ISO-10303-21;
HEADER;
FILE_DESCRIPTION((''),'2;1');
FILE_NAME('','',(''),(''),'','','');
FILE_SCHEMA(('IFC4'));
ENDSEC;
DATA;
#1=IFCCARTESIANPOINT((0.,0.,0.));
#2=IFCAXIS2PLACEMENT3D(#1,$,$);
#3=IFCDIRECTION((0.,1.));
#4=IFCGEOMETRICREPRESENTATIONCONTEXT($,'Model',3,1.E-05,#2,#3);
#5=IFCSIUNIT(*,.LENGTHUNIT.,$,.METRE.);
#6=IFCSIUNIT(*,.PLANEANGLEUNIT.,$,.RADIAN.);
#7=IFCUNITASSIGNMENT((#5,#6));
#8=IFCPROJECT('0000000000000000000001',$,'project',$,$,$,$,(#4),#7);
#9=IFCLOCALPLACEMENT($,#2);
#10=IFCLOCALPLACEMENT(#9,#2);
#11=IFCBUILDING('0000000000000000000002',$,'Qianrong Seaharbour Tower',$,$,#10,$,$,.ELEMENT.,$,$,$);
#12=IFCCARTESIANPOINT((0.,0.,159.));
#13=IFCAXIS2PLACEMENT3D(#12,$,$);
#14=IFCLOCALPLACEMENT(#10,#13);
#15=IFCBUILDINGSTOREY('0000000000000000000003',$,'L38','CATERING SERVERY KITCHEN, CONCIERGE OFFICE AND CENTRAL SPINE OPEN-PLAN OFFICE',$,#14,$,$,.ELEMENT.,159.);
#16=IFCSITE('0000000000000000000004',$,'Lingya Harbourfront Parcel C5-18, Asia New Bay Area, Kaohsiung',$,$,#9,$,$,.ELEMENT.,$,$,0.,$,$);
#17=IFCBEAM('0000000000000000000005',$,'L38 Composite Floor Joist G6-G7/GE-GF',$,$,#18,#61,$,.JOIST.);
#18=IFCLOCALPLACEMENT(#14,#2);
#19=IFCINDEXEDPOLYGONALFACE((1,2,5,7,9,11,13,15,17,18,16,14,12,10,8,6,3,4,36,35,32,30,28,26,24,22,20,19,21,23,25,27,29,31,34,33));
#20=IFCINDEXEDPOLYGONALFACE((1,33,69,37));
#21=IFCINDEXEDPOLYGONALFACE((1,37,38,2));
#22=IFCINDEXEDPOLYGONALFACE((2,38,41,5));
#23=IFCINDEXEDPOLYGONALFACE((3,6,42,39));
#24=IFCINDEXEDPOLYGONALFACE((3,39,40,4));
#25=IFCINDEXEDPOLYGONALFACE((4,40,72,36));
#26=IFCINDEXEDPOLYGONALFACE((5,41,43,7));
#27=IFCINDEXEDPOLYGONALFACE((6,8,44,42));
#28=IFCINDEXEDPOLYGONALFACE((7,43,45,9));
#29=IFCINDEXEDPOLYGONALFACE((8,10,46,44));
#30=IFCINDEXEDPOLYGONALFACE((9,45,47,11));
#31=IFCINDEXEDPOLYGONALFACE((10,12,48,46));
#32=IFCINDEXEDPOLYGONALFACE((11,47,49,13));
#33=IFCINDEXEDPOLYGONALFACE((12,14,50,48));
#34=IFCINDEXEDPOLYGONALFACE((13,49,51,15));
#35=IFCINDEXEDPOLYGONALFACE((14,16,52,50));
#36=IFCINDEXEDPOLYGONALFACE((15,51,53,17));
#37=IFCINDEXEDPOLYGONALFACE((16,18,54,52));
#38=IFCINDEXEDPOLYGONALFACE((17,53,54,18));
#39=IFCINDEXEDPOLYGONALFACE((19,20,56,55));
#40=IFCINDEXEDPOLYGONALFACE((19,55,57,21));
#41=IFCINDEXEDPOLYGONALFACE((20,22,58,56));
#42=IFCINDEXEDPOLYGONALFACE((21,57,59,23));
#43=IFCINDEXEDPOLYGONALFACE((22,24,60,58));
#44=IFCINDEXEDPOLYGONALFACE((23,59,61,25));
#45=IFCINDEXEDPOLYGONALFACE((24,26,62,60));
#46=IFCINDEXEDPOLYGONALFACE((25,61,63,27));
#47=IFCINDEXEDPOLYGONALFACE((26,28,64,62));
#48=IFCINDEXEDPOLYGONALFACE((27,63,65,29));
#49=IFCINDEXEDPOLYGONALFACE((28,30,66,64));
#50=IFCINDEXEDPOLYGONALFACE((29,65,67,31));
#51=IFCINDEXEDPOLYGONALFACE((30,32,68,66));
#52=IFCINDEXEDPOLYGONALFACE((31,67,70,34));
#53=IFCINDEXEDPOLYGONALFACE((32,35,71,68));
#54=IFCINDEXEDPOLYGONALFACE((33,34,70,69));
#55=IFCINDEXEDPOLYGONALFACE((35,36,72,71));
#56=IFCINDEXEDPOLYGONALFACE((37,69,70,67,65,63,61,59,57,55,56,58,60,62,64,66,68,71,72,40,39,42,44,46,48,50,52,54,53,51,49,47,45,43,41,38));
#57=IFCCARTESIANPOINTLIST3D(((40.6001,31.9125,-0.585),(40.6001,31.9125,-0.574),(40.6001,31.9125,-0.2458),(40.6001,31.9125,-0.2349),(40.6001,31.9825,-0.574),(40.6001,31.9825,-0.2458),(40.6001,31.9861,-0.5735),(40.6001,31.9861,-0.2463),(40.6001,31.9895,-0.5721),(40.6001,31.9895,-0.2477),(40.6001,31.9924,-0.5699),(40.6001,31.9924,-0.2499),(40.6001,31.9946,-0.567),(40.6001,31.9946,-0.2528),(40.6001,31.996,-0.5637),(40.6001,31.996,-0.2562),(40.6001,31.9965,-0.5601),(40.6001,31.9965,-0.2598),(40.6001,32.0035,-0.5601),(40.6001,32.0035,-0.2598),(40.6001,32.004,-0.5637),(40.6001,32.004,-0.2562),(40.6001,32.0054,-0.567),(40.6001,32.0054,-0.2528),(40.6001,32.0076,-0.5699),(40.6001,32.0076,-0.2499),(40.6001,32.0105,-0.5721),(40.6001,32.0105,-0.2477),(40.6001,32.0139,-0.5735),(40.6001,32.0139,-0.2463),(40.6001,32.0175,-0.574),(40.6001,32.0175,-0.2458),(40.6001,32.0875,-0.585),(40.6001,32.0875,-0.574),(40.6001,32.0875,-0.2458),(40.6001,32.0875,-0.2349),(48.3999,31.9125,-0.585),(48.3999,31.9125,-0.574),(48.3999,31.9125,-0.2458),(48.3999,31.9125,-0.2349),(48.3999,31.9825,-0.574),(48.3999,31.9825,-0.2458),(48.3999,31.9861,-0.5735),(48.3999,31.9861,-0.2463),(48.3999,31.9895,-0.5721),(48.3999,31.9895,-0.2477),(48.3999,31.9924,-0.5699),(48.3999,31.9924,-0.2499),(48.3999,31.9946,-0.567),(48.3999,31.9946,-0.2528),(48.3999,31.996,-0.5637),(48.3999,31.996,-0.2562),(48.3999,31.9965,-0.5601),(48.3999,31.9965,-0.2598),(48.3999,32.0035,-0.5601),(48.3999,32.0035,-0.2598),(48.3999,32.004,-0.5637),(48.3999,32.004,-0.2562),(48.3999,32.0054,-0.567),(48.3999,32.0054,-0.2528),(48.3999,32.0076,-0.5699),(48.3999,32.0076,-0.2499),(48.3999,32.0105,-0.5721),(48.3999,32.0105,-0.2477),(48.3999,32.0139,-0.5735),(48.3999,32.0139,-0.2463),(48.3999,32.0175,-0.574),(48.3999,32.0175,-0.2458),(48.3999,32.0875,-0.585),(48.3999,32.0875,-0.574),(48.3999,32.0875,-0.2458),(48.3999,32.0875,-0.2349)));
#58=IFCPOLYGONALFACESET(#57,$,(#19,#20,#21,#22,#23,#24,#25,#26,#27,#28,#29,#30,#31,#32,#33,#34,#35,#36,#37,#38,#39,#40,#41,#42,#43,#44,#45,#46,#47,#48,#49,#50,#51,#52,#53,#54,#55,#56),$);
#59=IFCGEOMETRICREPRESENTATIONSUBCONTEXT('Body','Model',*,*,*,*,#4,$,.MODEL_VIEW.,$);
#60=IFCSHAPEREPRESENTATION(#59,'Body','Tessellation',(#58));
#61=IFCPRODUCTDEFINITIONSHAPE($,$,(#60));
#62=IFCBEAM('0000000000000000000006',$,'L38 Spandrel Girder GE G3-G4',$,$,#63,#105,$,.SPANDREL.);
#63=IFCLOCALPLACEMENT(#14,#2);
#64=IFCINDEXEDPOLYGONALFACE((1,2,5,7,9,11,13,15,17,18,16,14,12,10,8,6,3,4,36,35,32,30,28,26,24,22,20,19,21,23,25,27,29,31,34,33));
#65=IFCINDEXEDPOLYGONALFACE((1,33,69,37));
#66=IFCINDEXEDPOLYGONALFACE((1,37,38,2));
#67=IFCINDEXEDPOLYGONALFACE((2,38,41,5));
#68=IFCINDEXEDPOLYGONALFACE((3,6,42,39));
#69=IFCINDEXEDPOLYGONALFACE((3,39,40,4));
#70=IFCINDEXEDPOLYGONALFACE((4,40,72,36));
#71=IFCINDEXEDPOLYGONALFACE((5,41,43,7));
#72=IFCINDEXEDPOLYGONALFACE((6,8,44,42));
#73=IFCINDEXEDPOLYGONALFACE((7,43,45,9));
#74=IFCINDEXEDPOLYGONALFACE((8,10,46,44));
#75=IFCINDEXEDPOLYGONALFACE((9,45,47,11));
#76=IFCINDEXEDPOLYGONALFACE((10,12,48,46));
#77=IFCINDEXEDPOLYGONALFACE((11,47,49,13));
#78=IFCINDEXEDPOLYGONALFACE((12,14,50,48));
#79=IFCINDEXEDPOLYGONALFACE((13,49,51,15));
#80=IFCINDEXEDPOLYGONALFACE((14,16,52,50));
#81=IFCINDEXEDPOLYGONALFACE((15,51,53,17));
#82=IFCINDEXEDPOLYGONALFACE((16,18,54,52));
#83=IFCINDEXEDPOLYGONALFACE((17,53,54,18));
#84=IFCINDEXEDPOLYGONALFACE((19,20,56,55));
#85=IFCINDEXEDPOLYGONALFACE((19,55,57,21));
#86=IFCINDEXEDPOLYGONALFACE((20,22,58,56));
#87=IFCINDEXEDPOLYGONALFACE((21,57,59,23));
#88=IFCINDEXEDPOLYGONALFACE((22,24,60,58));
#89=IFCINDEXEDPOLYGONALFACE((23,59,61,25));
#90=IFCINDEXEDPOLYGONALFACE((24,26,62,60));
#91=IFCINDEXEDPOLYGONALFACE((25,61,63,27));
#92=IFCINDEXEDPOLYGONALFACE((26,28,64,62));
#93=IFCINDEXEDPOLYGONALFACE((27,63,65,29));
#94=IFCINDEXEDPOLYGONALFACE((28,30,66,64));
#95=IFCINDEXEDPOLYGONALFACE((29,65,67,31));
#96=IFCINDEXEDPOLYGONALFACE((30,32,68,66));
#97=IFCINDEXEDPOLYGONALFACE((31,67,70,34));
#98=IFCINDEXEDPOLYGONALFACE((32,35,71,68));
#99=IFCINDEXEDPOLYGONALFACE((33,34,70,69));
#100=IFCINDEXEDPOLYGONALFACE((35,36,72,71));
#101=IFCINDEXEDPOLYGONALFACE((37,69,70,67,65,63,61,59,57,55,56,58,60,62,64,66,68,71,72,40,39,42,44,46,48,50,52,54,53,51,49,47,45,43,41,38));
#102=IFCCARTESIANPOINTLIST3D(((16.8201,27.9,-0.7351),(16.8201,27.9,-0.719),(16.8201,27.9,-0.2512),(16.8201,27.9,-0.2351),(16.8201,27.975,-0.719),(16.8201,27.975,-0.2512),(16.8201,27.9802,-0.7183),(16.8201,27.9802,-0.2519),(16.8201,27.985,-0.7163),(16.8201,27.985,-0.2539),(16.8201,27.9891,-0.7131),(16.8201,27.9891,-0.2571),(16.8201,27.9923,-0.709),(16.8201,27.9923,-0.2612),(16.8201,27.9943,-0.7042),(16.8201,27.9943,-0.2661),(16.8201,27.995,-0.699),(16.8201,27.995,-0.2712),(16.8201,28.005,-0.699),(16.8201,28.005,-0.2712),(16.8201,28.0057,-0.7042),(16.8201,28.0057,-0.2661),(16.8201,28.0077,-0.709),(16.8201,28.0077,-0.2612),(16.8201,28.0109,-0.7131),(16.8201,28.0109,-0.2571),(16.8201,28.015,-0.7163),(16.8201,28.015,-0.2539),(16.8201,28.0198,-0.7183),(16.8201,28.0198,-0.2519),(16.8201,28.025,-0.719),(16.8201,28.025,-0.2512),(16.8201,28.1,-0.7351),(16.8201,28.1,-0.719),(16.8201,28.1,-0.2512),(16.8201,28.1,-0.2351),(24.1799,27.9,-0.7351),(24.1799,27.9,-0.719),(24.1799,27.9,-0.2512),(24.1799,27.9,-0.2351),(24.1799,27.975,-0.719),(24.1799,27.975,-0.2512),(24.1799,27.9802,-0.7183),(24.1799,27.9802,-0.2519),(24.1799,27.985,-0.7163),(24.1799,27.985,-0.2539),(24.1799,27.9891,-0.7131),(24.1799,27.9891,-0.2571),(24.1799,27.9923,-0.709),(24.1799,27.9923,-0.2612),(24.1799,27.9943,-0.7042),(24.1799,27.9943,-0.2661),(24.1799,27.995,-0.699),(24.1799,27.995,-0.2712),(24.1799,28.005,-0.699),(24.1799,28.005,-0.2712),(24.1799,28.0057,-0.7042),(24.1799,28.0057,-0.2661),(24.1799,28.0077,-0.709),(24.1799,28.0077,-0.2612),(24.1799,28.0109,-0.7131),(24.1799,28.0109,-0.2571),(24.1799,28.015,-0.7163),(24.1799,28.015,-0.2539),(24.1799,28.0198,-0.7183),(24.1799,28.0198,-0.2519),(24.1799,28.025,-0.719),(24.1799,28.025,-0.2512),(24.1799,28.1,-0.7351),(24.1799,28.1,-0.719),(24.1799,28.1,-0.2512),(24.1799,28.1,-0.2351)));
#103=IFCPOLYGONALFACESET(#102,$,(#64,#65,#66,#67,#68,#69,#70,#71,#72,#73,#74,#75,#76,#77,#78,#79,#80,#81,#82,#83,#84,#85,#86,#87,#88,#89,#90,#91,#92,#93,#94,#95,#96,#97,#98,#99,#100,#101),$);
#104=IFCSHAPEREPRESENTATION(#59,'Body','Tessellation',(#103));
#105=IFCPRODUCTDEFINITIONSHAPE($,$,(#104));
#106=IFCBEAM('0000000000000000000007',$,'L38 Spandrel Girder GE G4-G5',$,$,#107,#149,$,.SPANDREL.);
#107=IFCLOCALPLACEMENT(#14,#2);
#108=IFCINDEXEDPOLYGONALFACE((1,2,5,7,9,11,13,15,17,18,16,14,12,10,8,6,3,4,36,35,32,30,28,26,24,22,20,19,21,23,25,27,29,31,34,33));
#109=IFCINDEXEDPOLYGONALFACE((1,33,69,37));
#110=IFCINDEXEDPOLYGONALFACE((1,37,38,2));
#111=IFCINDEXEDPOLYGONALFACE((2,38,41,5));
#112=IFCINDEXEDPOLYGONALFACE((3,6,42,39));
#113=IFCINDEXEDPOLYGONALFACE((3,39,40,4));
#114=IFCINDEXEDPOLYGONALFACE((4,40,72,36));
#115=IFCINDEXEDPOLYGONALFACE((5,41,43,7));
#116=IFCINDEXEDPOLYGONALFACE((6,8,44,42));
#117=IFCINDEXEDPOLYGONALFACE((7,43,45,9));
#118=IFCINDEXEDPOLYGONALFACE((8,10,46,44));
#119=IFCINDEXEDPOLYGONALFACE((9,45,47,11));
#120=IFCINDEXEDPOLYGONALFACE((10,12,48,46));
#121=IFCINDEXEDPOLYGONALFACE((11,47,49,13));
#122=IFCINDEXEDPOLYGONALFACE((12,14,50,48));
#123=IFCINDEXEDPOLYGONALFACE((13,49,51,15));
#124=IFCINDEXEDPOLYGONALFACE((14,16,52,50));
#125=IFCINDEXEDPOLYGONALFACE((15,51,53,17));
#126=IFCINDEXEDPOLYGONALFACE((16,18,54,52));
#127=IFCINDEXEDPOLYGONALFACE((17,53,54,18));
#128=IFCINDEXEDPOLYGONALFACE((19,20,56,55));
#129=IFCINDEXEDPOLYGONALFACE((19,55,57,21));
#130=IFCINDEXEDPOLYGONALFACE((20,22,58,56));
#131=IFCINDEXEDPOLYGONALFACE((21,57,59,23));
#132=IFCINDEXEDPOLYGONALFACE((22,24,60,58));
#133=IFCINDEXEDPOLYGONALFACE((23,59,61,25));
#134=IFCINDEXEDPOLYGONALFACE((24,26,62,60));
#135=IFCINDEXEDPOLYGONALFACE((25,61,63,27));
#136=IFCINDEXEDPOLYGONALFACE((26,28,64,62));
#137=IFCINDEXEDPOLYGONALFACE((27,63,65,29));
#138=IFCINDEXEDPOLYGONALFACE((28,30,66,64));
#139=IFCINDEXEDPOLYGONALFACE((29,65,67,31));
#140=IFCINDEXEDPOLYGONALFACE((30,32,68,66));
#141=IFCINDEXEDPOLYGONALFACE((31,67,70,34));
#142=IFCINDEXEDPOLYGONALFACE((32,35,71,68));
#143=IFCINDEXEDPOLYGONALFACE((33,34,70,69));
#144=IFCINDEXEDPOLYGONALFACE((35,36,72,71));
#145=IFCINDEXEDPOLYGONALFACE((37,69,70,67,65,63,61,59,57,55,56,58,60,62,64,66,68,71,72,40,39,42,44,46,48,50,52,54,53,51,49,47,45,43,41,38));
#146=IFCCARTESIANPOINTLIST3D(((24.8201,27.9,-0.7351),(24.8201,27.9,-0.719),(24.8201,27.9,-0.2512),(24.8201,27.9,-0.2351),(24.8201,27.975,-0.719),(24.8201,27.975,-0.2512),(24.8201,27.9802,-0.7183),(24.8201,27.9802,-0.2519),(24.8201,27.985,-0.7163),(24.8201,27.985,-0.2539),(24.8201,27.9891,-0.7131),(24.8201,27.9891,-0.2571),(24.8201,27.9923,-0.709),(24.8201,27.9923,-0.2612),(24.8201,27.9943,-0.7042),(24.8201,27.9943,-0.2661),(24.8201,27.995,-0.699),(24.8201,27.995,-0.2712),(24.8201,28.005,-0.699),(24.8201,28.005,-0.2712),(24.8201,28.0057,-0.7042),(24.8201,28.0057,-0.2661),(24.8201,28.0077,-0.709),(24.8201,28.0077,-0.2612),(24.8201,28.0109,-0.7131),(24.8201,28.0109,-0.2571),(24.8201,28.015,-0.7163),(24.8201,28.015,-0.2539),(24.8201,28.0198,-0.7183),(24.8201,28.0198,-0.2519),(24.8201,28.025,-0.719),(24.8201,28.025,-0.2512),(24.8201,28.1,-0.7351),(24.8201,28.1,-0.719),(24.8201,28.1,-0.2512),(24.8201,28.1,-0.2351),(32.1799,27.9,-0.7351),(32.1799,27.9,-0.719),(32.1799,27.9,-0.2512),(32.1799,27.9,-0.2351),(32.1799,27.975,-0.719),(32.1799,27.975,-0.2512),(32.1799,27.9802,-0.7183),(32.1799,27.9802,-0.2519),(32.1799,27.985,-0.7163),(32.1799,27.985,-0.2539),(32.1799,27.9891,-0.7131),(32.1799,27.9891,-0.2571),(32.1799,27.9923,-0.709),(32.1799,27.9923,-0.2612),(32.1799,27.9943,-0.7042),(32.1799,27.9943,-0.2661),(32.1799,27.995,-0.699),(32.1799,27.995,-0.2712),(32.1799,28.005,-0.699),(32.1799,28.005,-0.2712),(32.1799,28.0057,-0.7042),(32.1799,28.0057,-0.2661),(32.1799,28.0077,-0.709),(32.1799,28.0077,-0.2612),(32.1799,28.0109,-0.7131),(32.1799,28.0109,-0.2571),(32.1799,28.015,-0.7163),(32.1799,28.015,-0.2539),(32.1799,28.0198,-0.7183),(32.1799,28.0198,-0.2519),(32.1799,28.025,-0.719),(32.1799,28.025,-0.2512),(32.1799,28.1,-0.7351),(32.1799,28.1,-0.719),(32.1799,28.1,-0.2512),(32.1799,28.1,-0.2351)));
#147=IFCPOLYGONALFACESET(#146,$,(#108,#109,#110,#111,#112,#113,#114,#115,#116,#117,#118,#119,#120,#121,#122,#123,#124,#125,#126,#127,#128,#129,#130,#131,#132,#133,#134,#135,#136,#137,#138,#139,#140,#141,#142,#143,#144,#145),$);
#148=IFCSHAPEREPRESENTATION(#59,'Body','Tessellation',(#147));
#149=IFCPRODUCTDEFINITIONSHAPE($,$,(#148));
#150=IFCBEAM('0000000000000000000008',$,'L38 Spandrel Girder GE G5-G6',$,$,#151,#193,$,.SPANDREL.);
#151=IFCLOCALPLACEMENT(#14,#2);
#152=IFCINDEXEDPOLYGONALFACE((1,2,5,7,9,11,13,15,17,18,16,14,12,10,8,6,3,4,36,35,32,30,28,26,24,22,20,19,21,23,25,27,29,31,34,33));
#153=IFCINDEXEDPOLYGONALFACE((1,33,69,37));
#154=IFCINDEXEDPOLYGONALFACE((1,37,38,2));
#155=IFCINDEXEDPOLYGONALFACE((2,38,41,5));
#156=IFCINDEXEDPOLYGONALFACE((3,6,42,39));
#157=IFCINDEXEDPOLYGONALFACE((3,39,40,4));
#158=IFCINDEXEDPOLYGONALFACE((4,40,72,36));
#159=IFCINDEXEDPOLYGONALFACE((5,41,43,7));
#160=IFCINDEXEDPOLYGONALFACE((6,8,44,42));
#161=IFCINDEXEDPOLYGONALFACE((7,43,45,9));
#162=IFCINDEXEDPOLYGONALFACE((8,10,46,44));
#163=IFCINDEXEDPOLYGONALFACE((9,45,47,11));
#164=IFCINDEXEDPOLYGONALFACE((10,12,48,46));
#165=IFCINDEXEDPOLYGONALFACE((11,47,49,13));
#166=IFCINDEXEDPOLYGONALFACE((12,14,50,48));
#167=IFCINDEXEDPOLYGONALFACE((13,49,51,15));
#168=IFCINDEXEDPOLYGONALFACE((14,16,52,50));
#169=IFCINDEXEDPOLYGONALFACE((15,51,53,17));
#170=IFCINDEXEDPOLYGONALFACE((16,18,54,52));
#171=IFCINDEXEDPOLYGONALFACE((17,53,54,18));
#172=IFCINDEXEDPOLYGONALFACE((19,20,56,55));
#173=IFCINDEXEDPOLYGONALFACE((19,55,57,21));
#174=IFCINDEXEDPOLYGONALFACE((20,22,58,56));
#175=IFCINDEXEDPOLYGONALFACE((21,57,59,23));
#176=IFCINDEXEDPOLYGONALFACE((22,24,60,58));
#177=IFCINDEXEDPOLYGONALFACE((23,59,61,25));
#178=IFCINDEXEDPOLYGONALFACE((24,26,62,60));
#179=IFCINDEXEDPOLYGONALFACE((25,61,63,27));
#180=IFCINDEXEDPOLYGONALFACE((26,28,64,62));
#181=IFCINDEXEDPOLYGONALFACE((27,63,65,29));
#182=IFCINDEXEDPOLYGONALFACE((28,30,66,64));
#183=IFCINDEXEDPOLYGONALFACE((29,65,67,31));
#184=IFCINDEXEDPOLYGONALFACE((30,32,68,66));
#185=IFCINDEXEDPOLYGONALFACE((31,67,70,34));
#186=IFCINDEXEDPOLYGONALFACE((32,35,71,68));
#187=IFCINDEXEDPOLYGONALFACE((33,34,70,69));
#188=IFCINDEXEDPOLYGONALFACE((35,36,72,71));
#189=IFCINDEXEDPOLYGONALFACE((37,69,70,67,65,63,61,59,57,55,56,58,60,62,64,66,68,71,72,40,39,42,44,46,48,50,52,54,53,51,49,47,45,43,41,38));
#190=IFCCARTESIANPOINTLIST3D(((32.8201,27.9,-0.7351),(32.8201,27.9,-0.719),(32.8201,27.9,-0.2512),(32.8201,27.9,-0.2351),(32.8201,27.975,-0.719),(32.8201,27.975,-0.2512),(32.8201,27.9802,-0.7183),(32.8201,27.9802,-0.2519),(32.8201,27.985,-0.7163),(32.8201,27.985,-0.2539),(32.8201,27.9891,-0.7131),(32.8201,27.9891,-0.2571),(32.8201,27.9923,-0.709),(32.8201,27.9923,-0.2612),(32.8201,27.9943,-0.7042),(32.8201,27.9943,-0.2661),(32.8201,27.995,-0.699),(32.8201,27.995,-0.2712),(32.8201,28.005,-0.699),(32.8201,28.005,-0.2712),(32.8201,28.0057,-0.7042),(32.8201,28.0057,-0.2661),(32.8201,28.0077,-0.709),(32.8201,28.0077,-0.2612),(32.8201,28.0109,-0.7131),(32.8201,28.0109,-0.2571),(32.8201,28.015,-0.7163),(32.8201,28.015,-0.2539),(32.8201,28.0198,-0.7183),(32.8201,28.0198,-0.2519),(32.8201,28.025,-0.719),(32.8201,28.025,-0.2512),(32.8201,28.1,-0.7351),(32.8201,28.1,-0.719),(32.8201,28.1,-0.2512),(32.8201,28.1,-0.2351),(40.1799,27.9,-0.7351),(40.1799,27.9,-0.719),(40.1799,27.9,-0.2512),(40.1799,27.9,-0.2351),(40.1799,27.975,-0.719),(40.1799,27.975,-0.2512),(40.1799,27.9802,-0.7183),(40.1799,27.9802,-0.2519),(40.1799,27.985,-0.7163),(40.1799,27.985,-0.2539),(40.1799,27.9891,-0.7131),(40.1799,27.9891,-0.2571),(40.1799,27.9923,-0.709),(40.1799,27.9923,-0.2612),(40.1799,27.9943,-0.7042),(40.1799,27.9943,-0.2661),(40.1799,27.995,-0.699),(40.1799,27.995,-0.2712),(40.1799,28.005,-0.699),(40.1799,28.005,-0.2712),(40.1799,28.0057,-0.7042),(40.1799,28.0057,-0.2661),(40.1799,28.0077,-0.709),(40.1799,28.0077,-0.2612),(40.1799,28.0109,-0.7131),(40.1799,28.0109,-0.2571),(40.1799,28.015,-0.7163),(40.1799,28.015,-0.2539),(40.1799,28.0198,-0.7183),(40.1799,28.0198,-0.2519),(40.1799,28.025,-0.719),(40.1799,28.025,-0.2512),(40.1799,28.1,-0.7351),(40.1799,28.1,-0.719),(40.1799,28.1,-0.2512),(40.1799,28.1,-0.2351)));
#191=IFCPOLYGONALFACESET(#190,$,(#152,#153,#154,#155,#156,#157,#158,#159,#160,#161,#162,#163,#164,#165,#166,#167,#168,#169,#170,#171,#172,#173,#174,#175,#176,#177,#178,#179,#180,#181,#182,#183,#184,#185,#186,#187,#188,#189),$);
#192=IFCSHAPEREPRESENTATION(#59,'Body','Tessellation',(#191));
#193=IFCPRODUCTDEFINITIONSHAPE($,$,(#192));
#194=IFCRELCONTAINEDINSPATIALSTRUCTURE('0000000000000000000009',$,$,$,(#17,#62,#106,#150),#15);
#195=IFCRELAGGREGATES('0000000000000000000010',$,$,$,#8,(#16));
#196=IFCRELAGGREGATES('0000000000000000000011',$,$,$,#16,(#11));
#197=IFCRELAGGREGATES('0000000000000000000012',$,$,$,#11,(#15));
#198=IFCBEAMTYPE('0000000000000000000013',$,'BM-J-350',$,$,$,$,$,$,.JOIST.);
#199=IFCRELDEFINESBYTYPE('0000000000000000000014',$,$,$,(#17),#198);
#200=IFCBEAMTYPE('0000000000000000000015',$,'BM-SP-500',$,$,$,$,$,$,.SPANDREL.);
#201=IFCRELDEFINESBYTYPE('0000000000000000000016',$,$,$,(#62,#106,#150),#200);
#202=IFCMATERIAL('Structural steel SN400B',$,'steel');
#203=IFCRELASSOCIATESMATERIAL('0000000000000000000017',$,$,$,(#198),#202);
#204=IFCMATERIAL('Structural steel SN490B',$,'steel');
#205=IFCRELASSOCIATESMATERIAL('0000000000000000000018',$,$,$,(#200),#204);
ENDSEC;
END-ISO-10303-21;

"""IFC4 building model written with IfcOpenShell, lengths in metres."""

from ifc_helpers import new_model, si_unit, direction, frame, origin, origin_2d, place, context, subcontext, project, spatial, i_section, extrude, material, material_profile, profile_set, type_object, element, save


model = new_model("IFC4")

# Units and contexts
model_context = context("Model", 3, precision=1e-05, world=origin(), true_north=direction((0.0, 1.0)))
body_context = subcontext(model_context, "Body", "Model", "MODEL_VIEW")
ifc_project = project(units=[si_unit("LENGTHUNIT", "METRE"), si_unit("PLANEANGLEUNIT", "RADIAN")], contexts=[model_context])

# Site, building, storey
site_placement = place(None, origin())
site = spatial("IfcSite", under=ifc_project, at=site_placement, Name="Lingya Harbourfront Parcel C5-18, Asia New Bay Area, Kaohsiung", CompositionType="ELEMENT", RefElevation=0.0)
building_placement = place(site_placement, origin())
building = spatial("IfcBuilding", under=site, at=building_placement, Name="Qianrong Seaharbour Tower", CompositionType="ELEMENT")
storey_placement = place(building_placement, frame((0.0, 0.0, 159.0)))
storey = spatial("IfcBuildingStorey", under=building, at=storey_placement, Name="L38", Description="CATERING SERVERY KITCHEN, CONCIERGE OFFICE AND CENTRAL SPINE OPEN-PLAN OFFICE", CompositionType="ELEMENT", Elevation=159.0)

# Shared definitions
ifc_material_1 = material(Name="Structural steel SN490B", Category="steel")

# Beams
ifc_material_2 = material(Name="Structural steel SN400B", Category="steel")
ifc_material_profile_1 = material_profile(ifc_material_2, i_section(OverallWidth=0.175, OverallDepth=0.3501, WebThickness=0.0071, FlangeThickness=0.011, FilletRadius=0.0139, at=origin_2d()), Name="H350x175x7x11")
ifc_profile_set_1 = profile_set([ifc_material_profile_1], Name="Structural steel SN400B")
beam_type_1 = type_object("IfcBeamType", Name="BM-J-350", PredefinedType="JOIST", material=ifc_profile_set_1)
beam_1_placement = place(storey_placement, frame((40.6001, 32.0, -0.4099), z_axis=(1.0, 0.0, 0.0), x_axis=(0.0, 1.0, 0.0)))
element("IfcBeam", 1, at=beam_1_placement, inside=storey, type_object=beam_type_1, Name="L38 Composite Floor Joist G6-G7/GE-GF", PredefinedType="JOIST", context=body_context, shape_type="SweptSolid", body=[
    extrude(i_section(OverallWidth=0.175, OverallDepth=0.3501, WebThickness=0.0071, FlangeThickness=0.011, FilletRadius=0.0139, at=origin_2d()), origin(), (0.0, 0.0, 1.0), 7.7998),
])
ifc_material_profile_2 = material_profile(ifc_material_1, i_section(OverallWidth=0.2, OverallDepth=0.5, WebThickness=0.01, FlangeThickness=0.0161, FilletRadius=0.02, at=origin_2d()), Name="H500x200x10x16")
ifc_profile_set_2 = profile_set([ifc_material_profile_2], Name="Structural steel SN490B")
beam_type_2 = type_object("IfcBeamType", Name="BM-SP-500", PredefinedType="SPANDREL", material=ifc_profile_set_2)
for number, where, z_axis, x_axis, name in (
    (2, (16.8201, 28.0, -0.4851), (1.0, 0.0, 0.0), (0.0, 1.0, 0.0), "L38 Spandrel Girder GE G3-G4"),
    (3, (24.8201, 28.0, -0.4851), (1.0, 0.0, 0.0), (0.0, 1.0, 0.0), "L38 Spandrel Girder GE G4-G5"),
    (4, (32.8201, 28.0, -0.4851), (1.0, 0.0, 0.0), (0.0, 1.0, 0.0), "L38 Spandrel Girder GE G5-G6"),
):
    element("IfcBeam", number, at=place(storey_placement, frame(where, z_axis=z_axis, x_axis=x_axis)), inside=storey, type_object=beam_type_2, Name=name, PredefinedType="SPANDREL", context=body_context, shape_type="SweptSolid", body=[
        extrude(i_section(OverallWidth=0.2, OverallDepth=0.5, WebThickness=0.01, FlangeThickness=0.0161, FilletRadius=0.02, at=origin_2d()), origin(), (0.0, 0.0, 1.0), 7.3599),
    ])

save(model, "model.ifc")
